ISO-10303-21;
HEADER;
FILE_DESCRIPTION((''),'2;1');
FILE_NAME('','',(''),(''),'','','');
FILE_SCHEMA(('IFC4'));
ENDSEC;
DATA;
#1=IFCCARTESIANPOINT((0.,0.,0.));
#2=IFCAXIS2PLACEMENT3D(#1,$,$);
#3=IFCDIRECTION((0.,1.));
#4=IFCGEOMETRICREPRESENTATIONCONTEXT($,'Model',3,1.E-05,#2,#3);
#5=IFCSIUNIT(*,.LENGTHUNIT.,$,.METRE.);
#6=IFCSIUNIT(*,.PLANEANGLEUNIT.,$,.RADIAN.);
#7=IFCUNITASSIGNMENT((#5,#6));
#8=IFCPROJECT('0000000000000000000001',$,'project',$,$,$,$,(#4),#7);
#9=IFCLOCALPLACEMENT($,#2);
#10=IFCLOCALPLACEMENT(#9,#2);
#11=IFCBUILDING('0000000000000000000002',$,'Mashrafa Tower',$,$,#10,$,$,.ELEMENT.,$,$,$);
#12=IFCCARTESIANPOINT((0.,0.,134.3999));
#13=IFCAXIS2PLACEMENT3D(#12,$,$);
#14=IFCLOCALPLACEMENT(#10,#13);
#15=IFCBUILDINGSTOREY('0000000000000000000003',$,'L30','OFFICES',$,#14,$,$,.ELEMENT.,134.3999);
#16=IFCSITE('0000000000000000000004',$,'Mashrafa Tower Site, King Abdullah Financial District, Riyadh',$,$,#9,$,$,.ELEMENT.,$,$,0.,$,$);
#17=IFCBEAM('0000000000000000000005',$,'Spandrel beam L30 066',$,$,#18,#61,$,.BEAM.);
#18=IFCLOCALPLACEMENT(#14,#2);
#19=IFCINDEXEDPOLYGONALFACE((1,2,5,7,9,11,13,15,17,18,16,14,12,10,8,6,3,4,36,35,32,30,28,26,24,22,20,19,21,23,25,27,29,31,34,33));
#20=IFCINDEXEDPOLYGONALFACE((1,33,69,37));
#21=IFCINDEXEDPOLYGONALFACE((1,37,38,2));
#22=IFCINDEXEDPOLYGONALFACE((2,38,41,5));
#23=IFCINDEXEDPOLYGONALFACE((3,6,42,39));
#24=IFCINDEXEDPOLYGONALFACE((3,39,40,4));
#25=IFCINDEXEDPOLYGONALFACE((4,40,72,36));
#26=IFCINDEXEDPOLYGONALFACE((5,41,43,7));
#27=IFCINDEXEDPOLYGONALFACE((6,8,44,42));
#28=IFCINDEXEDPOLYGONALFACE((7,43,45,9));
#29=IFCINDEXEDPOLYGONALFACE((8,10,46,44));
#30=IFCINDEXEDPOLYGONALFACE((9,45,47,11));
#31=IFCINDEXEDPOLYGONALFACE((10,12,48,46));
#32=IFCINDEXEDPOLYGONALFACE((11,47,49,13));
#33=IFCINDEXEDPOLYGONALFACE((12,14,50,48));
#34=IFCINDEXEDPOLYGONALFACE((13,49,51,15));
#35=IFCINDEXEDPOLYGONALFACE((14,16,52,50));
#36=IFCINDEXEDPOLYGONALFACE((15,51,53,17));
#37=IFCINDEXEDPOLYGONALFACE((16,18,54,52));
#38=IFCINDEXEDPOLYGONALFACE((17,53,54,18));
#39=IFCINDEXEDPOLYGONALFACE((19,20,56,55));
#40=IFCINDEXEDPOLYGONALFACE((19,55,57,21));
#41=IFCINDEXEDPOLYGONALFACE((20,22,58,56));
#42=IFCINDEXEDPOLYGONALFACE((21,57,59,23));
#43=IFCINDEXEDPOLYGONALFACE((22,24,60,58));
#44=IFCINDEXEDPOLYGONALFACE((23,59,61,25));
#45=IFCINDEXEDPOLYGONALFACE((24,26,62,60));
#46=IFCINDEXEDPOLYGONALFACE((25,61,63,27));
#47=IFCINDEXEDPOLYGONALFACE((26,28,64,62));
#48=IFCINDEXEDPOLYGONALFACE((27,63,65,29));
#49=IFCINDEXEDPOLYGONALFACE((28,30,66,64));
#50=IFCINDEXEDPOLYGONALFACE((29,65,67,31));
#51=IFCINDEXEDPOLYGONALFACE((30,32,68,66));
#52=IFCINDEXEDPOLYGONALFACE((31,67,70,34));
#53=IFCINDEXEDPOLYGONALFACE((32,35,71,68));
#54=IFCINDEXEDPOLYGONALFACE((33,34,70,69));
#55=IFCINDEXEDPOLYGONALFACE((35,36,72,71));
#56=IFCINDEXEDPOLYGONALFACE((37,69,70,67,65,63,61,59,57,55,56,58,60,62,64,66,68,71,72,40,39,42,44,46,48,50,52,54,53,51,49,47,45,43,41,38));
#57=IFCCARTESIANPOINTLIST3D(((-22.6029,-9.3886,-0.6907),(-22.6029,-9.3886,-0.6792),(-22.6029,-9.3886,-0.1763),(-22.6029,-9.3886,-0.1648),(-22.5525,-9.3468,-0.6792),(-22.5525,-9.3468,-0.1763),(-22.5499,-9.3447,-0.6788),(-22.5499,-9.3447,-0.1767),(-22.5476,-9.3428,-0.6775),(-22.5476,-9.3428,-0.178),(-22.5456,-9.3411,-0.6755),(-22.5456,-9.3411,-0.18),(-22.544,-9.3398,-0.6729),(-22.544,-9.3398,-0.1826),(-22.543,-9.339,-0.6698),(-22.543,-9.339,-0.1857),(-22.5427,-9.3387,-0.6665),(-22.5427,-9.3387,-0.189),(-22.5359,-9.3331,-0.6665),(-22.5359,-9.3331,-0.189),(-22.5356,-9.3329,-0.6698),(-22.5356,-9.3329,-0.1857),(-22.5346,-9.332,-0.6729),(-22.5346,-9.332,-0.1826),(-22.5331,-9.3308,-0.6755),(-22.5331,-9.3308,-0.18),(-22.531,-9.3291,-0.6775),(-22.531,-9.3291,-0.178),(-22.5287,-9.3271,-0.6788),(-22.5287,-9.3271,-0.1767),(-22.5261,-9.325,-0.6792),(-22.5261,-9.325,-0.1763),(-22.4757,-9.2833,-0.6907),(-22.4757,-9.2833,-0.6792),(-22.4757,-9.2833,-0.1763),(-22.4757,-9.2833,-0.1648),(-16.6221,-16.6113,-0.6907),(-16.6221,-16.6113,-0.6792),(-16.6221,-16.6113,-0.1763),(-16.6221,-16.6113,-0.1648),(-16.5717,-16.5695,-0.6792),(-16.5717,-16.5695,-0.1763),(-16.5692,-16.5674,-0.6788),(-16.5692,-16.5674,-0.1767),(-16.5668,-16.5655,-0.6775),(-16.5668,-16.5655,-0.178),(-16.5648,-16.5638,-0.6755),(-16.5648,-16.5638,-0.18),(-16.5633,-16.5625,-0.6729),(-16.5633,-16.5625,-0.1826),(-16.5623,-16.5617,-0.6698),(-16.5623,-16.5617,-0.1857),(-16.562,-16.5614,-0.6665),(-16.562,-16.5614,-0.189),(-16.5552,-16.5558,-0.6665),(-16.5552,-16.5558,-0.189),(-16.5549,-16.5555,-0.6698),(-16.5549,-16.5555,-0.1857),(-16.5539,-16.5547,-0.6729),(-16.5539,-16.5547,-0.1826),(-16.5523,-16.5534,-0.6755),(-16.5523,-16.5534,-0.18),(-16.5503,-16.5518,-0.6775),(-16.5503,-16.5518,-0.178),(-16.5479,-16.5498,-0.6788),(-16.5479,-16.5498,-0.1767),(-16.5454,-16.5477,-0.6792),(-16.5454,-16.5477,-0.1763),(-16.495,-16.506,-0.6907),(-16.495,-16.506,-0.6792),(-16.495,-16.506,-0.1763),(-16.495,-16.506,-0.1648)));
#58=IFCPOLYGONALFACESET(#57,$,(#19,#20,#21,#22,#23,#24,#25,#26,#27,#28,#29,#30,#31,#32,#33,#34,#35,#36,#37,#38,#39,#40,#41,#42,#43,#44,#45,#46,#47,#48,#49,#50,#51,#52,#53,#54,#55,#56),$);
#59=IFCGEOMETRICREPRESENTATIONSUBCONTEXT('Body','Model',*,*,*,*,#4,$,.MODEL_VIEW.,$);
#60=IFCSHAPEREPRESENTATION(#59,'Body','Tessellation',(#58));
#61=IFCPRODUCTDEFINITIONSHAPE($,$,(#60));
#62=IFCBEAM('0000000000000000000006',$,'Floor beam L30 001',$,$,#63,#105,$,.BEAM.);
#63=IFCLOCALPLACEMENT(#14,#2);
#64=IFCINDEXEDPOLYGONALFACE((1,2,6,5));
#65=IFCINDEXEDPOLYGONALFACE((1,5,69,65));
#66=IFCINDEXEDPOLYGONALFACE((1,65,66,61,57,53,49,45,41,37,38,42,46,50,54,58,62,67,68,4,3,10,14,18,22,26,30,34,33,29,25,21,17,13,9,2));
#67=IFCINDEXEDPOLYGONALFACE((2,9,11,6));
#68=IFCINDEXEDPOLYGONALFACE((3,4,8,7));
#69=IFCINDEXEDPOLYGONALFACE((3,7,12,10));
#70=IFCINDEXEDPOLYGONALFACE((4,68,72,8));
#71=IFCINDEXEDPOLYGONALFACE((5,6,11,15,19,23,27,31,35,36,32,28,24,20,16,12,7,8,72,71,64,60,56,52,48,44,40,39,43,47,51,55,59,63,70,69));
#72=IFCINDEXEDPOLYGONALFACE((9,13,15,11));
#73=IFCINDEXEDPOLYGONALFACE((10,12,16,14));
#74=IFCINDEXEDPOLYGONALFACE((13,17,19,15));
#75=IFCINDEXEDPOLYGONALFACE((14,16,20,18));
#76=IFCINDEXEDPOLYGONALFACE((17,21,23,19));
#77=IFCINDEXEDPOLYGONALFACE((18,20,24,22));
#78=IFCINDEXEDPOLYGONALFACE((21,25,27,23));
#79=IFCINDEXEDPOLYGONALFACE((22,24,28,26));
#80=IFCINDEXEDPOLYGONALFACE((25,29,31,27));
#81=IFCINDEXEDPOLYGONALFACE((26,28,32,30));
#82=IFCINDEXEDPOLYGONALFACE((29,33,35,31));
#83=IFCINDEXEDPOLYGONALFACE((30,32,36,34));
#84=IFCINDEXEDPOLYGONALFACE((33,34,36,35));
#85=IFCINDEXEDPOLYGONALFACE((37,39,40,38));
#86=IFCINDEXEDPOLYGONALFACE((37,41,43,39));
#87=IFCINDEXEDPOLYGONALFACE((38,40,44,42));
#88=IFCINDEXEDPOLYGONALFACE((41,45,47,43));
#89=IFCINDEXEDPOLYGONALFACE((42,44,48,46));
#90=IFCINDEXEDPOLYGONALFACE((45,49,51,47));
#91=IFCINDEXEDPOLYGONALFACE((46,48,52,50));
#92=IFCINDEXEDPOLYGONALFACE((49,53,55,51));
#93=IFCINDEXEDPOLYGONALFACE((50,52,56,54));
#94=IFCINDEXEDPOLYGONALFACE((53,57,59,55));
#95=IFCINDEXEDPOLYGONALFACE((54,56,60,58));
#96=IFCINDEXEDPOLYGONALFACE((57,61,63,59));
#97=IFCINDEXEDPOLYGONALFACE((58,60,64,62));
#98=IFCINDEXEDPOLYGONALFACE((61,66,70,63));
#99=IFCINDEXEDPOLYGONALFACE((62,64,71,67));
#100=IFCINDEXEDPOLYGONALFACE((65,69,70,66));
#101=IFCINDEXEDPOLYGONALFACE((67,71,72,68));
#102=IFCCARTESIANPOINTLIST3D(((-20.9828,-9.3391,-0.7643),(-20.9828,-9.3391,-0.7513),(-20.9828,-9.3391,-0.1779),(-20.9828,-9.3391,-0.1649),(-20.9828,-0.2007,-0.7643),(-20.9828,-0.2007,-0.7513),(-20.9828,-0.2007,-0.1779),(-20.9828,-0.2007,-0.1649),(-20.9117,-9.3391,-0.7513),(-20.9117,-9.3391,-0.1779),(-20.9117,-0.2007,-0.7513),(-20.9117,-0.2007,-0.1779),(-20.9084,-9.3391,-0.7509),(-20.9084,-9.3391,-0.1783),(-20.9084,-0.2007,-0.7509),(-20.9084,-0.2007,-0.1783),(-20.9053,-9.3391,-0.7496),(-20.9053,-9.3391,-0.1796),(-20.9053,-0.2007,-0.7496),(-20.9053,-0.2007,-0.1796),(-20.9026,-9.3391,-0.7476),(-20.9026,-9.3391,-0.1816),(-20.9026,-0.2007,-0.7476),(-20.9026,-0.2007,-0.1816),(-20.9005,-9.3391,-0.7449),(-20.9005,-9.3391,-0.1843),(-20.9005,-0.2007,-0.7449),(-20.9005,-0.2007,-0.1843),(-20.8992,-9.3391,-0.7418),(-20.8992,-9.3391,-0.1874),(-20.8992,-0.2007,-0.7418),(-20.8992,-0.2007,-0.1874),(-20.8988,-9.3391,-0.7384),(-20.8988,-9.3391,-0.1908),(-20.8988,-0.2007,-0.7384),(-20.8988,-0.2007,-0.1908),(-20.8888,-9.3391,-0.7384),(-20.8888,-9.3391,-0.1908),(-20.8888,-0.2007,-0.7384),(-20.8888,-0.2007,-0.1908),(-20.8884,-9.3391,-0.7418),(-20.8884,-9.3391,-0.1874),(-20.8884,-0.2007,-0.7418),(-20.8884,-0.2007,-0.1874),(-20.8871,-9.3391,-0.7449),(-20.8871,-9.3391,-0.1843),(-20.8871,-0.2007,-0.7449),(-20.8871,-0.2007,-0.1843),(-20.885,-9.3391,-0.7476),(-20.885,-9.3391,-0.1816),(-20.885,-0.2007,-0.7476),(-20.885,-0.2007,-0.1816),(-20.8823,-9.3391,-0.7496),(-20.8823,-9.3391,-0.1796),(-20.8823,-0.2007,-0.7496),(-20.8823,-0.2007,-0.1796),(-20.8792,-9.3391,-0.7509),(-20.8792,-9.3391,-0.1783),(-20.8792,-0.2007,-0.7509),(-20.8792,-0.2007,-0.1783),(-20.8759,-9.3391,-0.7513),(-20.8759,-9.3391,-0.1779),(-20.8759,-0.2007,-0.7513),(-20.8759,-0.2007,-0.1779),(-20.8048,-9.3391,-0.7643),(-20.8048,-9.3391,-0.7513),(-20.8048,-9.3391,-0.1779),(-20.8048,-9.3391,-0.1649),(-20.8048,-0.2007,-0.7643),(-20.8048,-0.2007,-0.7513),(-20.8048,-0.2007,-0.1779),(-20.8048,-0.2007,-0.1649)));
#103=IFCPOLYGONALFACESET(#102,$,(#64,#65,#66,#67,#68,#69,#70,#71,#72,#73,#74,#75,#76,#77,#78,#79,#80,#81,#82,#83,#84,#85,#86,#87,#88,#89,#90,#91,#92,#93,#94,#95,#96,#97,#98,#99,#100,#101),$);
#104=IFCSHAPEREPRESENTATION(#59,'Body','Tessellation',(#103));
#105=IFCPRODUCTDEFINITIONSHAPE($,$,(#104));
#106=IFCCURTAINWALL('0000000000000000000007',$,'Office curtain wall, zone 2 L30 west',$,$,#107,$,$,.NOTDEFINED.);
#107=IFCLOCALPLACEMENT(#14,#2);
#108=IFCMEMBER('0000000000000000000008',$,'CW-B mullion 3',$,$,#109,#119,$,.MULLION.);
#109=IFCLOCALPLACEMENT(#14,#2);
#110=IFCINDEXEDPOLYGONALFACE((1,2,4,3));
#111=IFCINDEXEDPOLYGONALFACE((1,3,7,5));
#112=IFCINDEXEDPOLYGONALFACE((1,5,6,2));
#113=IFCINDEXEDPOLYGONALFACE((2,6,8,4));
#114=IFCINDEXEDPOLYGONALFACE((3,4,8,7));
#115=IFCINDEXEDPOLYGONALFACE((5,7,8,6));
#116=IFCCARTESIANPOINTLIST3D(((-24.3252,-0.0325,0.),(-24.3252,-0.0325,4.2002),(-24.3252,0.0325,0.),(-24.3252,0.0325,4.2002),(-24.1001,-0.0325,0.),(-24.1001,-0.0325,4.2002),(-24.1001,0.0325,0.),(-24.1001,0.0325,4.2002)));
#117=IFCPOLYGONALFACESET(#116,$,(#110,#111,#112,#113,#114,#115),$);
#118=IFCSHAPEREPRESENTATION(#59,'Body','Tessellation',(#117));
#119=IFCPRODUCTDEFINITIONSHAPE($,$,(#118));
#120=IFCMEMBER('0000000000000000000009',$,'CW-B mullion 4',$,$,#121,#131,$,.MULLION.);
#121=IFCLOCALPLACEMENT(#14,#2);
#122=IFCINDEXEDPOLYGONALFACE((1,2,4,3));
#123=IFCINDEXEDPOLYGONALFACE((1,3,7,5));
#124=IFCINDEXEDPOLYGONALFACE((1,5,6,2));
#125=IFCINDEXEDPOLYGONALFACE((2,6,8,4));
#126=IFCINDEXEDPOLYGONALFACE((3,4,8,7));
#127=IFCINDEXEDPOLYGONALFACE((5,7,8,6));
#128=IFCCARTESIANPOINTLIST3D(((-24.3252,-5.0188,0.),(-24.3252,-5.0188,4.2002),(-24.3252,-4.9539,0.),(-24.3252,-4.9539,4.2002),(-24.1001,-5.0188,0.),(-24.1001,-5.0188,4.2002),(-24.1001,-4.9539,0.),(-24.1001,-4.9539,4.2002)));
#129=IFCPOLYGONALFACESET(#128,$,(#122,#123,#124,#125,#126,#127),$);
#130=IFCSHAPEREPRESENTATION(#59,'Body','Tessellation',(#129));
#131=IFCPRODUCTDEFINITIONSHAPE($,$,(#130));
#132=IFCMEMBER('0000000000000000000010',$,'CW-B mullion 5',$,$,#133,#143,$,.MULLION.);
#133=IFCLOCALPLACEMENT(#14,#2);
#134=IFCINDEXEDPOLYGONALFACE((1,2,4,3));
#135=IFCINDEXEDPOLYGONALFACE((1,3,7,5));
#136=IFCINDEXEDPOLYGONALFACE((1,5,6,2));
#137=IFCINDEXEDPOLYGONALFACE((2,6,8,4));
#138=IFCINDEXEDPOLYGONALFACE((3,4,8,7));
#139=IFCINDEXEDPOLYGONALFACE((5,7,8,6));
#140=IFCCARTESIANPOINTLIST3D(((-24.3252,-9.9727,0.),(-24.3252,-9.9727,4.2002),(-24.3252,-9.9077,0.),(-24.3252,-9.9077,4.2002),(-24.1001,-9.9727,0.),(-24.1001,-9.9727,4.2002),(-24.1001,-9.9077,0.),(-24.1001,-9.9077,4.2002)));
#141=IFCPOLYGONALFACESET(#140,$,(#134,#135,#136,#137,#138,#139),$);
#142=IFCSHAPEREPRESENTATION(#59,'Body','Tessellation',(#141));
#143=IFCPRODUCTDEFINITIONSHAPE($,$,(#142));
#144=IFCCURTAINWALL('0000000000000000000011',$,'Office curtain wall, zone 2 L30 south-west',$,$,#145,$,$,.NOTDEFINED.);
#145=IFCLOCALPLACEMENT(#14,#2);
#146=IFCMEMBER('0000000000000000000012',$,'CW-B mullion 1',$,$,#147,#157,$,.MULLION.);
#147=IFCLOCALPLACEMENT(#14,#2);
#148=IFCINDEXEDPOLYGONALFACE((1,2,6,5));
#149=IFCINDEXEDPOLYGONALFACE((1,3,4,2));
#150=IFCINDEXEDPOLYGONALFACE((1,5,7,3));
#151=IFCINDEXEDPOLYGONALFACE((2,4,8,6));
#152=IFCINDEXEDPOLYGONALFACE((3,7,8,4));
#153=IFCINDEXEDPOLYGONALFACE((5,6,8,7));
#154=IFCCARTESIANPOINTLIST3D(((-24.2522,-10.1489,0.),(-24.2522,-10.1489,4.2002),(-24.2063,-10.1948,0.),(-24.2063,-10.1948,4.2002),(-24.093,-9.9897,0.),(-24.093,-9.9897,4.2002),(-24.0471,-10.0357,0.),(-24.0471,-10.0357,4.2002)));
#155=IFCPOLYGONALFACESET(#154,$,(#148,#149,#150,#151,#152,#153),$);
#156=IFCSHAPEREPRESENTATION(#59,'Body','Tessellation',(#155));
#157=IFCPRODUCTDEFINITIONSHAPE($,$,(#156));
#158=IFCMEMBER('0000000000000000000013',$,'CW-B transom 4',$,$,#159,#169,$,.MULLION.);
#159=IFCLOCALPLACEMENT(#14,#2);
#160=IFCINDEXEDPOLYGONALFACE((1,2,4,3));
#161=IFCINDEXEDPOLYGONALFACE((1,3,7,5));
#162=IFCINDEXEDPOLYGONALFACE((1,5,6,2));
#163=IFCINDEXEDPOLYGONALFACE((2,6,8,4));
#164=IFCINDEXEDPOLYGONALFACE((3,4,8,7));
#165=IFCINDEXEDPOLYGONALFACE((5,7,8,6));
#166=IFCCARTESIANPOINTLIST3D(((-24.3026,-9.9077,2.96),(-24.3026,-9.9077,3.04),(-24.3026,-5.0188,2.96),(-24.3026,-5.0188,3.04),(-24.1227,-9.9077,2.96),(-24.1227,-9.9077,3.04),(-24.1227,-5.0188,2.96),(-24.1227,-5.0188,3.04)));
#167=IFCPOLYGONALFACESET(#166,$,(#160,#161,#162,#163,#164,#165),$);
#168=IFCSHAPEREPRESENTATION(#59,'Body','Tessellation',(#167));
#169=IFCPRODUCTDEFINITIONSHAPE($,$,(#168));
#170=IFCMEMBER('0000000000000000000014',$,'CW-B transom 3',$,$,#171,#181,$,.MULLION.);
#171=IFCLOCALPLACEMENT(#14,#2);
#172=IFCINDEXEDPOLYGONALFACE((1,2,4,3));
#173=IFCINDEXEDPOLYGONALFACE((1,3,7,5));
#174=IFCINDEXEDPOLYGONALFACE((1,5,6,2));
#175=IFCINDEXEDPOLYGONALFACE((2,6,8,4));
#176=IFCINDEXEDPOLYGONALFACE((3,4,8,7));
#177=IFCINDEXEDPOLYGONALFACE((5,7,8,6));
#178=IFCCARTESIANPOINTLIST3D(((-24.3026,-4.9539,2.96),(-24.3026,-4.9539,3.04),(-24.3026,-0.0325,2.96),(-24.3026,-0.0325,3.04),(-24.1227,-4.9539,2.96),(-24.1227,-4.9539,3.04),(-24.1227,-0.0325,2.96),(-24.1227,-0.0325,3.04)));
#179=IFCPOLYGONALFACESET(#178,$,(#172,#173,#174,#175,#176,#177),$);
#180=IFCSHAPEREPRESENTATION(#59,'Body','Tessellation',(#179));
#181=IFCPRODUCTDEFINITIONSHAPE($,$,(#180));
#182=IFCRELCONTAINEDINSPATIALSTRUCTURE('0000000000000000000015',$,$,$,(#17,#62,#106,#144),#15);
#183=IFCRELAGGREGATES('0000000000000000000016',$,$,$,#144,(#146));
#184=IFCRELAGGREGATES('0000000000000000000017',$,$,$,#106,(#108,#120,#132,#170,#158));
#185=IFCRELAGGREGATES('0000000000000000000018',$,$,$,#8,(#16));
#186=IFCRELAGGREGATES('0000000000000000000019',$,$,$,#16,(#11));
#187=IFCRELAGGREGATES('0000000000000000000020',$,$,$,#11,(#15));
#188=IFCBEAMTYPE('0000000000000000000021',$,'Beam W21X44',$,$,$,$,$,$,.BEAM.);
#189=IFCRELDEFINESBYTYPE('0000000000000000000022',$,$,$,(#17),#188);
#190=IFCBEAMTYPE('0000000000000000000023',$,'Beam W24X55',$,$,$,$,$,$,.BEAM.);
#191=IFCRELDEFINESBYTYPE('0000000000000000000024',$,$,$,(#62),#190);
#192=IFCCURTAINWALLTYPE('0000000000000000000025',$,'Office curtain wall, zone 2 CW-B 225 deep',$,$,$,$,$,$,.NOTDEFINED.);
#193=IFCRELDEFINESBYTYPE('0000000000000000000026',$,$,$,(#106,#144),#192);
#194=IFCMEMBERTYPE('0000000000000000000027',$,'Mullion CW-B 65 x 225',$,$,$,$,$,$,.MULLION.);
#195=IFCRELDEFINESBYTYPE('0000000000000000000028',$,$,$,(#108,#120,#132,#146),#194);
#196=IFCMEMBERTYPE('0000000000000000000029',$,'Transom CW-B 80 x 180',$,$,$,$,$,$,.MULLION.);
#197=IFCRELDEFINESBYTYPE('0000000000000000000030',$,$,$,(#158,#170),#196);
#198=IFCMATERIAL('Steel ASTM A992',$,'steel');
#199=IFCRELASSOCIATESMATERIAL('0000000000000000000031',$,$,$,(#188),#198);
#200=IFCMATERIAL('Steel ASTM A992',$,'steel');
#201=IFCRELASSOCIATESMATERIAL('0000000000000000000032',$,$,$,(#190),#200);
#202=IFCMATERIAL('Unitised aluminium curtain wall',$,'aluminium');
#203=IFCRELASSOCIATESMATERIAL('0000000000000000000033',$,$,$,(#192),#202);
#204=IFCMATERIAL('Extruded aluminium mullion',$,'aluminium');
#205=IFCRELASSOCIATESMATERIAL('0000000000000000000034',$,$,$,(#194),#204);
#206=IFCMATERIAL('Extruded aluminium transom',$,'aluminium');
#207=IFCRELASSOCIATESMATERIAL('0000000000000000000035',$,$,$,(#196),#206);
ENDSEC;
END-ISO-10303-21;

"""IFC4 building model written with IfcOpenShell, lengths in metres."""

from ifc_helpers import new_model, si_unit, direction, frame, origin, origin_2d, place, context, subcontext, project, spatial, rectangle, i_section, extrude, source, transform, mapped, material, material_profile, profile_set, type_object, type_shapes, element, aggregate, save


model = new_model("IFC4")

# Units and contexts
model_context = context("Model", 3, precision=1e-05, world=origin(), true_north=direction((0.0, 1.0)))
body_context = subcontext(model_context, "Body", "Model", "MODEL_VIEW")
ifc_project = project(units=[si_unit("LENGTHUNIT", "METRE"), si_unit("PLANEANGLEUNIT", "RADIAN")], contexts=[model_context])

# Site, building, storey
site_placement = place(None, origin())
site = spatial("IfcSite", under=ifc_project, at=site_placement, Name="Mashrafa Tower Site, King Abdullah Financial District, Riyadh", CompositionType="ELEMENT", RefElevation=0.0)
building_placement = place(site_placement, origin())
building = spatial("IfcBuilding", under=site, at=building_placement, Name="Mashrafa Tower", CompositionType="ELEMENT")
storey_placement = place(building_placement, frame((0.0, 0.0, 134.3999)))
storey = spatial("IfcBuildingStorey", under=building, at=storey_placement, Name="L30", Description="OFFICES", CompositionType="ELEMENT", Elevation=134.3999)

# Beams
ifc_material_1 = material(Name="Steel ASTM A992", Category="steel")
ifc_material_profile_1 = material_profile(ifc_material_1, i_section(OverallWidth=0.165, OverallDepth=0.5259, WebThickness=0.0088, FlangeThickness=0.0115, FilletRadius=0.0127, at=origin_2d()), Name="W21X44")
ifc_profile_set_1 = profile_set([ifc_material_profile_1], Name="Steel ASTM A992")
beam_type_1 = type_object("IfcBeamType", Name="Beam W21X44", PredefinedType="BEAM", material=ifc_profile_set_1)
beam_1_placement = place(storey_placement, frame((-22.5393, -9.3359, -0.4277), z_axis=(0.637779, -0.770219, 0.0), x_axis=(0.770219, 0.637779, 0.0)))
element("IfcBeam", 1, at=beam_1_placement, inside=storey, type_object=beam_type_1, Name="Spandrel beam L30 066", PredefinedType="BEAM", context=body_context, shape_type="SweptSolid", body=[
    extrude(i_section(OverallWidth=0.165, OverallDepth=0.5259, WebThickness=0.0088, FlangeThickness=0.0115, FilletRadius=0.0127, at=origin_2d()), origin(), (0.0, 0.0, 1.0), 9.3774),
])
ifc_material_2 = material(Name="Steel ASTM A992", Category="steel")
ifc_material_profile_2 = material_profile(ifc_material_2, i_section(OverallWidth=0.178, OverallDepth=0.5994, WebThickness=0.01, FlangeThickness=0.0129, FilletRadius=0.0129, at=origin_2d()), Name="W24X55")
ifc_profile_set_2 = profile_set([ifc_material_profile_2], Name="Steel ASTM A992")
beam_type_2 = type_object("IfcBeamType", Name="Beam W24X55", PredefinedType="BEAM", material=ifc_profile_set_2)
beam_2_placement = place(storey_placement, frame((-20.8938, -9.3391, -0.4646), z_axis=(0.0, 1.0, 0.0), x_axis=(-1.0, 0.0, 0.0)))
element("IfcBeam", 2, at=beam_2_placement, inside=storey, type_object=beam_type_2, Name="Floor beam L30 001", PredefinedType="BEAM", context=body_context, shape_type="SweptSolid", body=[
    extrude(i_section(OverallWidth=0.178, OverallDepth=0.5994, WebThickness=0.01, FlangeThickness=0.0129, FilletRadius=0.0129, at=origin_2d()), origin(), (0.0, 0.0, 1.0), 9.1384),
])

# Curtain wall, members
ifc_material_3 = material(Name="Unitised aluminium curtain wall", Category="aluminium")
curtain_wall_type = type_object("IfcCurtainWallType", Name="Office curtain wall, zone 2 CW-B 225 deep", PredefinedType="NOTDEFINED", material=ifc_material_3)
curtain_wall_1_placement = place(storey_placement, origin())
curtain_wall_1 = element("IfcCurtainWall", 3, at=curtain_wall_1_placement, inside=storey, type_object=curtain_wall_type, Name="Office curtain wall, zone 2 L30 west", PredefinedType="NOTDEFINED")
ifc_material_4 = material(Name="Extruded aluminium mullion", Category="aluminium")
ifc_material_profile_3 = material_profile(ifc_material_4, rectangle(XDim=0.2251, YDim=0.0649, at=origin_2d()), Name="Mullion 65x225")
ifc_profile_set_3 = profile_set([ifc_material_profile_3], Name="Extruded aluminium mullion")
member_type_1 = type_object("IfcMemberType", Name="Mullion CW-B 65 x 225", PredefinedType="MULLION", material=ifc_profile_set_3)
shared_shape_1 = source(origin(), body_context, "Body", "SweptSolid", [
    extrude(rectangle(XDim=0.2251, YDim=0.0649, at=origin_2d()), origin(), (0.0, 0.0, 1.0), 4.2002),
])
type_shapes(member_type_1, [shared_shape_1])
member_1_placement = place(storey_placement, frame((-24.2126, 0.0, 0.0), z_axis=(0.0, 0.0, 1.0), x_axis=(1.0, 0.0, 0.0)))
member_1 = element("IfcMember", 4, at=member_1_placement, type_object=member_type_1, Name="CW-B mullion 3", PredefinedType="MULLION", context=body_context, shape_type="MappedRepresentation", body=[
    mapped(shared_shape_1, transform((0.0, 0.0, 0.0))),
])
member_2_placement = place(storey_placement, frame((-24.2126, -4.9863, 0.0), z_axis=(0.0, 0.0, 1.0), x_axis=(1.0, 0.0, 0.0)))
member_2 = element("IfcMember", 5, at=member_2_placement, type_object=member_type_1, Name="CW-B mullion 4", PredefinedType="MULLION", context=body_context, shape_type="MappedRepresentation", body=[
    mapped(shared_shape_1, transform((0.0, 0.0, 0.0))),
])
member_3_placement = place(storey_placement, frame((-24.2126, -9.9402, 0.0), z_axis=(0.0, 0.0, 1.0), x_axis=(1.0, 0.0, 0.0)))
member_3 = element("IfcMember", 6, at=member_3_placement, type_object=member_type_1, Name="CW-B mullion 5", PredefinedType="MULLION", context=body_context, shape_type="MappedRepresentation", body=[
    mapped(shared_shape_1, transform((0.0, 0.0, 0.0))),
])

# Curtain wall, member
curtain_wall_2_placement = place(storey_placement, origin())
curtain_wall_2 = element("IfcCurtainWall", 7, at=curtain_wall_2_placement, inside=storey, type_object=curtain_wall_type, Name="Office curtain wall, zone 2 L30 south-west", PredefinedType="NOTDEFINED")
member_4_placement = place(storey_placement, frame((-24.1497, -10.0923, 0.0), z_axis=(0.0, 0.0, 1.0), x_axis=(0.707107, 0.707107, 0.0)))
member_4 = element("IfcMember", 8, at=member_4_placement, type_object=member_type_1, Name="CW-B mullion 1", PredefinedType="MULLION", context=body_context, shape_type="MappedRepresentation", body=[
    mapped(shared_shape_1, transform((0.0, 0.0, 0.0))),
])

# Members
ifc_material_5 = material(Name="Extruded aluminium transom", Category="aluminium")
ifc_material_profile_4 = material_profile(ifc_material_5, rectangle(XDim=0.1799, YDim=0.0801, at=origin_2d()), Name="Transom 80x180")
ifc_profile_set_4 = profile_set([ifc_material_profile_4], Name="Extruded aluminium transom")
member_type_2 = type_object("IfcMemberType", Name="Transom CW-B 80 x 180", PredefinedType="MULLION", material=ifc_profile_set_4)
shared_shape_2 = source(origin(), body_context, "Body", "SweptSolid", [
    extrude(rectangle(XDim=0.1799, YDim=0.0801, at=origin_2d()), origin(), (0.0, 0.0, 1.0), 4.8889),
])
member_5_placement = place(storey_placement, frame((-24.2126, -5.0188, 3.0), z_axis=(0.0, -1.0, 0.0), x_axis=(1.0, 0.0, 0.0)))
member_5 = element("IfcMember", 9, at=member_5_placement, type_object=member_type_2, Name="CW-B transom 4", PredefinedType="MULLION", context=body_context, shape_type="MappedRepresentation", body=[
    mapped(shared_shape_2, transform((0.0, 0.0, 0.0))),
])
shared_shape_3 = source(origin(), body_context, "Body", "SweptSolid", [
    extrude(rectangle(XDim=0.1799, YDim=0.0801, at=origin_2d()), origin(), (0.0, 0.0, 1.0), 4.9214),
])
member_6_placement = place(storey_placement, frame((-24.2126, -0.0325, 3.0), z_axis=(0.0, -1.0, 0.0), x_axis=(1.0, 0.0, 0.0)))
member_6 = element("IfcMember", 10, at=member_6_placement, type_object=member_type_2, Name="CW-B transom 3", PredefinedType="MULLION", context=body_context, shape_type="MappedRepresentation", body=[
    mapped(shared_shape_3, transform((0.0, 0.0, 0.0))),
])
aggregate(curtain_wall_2, [member_4])

aggregate(curtain_wall_1, [member_1, member_2, member_3, member_6, member_5])

save(model, "model.ifc")
